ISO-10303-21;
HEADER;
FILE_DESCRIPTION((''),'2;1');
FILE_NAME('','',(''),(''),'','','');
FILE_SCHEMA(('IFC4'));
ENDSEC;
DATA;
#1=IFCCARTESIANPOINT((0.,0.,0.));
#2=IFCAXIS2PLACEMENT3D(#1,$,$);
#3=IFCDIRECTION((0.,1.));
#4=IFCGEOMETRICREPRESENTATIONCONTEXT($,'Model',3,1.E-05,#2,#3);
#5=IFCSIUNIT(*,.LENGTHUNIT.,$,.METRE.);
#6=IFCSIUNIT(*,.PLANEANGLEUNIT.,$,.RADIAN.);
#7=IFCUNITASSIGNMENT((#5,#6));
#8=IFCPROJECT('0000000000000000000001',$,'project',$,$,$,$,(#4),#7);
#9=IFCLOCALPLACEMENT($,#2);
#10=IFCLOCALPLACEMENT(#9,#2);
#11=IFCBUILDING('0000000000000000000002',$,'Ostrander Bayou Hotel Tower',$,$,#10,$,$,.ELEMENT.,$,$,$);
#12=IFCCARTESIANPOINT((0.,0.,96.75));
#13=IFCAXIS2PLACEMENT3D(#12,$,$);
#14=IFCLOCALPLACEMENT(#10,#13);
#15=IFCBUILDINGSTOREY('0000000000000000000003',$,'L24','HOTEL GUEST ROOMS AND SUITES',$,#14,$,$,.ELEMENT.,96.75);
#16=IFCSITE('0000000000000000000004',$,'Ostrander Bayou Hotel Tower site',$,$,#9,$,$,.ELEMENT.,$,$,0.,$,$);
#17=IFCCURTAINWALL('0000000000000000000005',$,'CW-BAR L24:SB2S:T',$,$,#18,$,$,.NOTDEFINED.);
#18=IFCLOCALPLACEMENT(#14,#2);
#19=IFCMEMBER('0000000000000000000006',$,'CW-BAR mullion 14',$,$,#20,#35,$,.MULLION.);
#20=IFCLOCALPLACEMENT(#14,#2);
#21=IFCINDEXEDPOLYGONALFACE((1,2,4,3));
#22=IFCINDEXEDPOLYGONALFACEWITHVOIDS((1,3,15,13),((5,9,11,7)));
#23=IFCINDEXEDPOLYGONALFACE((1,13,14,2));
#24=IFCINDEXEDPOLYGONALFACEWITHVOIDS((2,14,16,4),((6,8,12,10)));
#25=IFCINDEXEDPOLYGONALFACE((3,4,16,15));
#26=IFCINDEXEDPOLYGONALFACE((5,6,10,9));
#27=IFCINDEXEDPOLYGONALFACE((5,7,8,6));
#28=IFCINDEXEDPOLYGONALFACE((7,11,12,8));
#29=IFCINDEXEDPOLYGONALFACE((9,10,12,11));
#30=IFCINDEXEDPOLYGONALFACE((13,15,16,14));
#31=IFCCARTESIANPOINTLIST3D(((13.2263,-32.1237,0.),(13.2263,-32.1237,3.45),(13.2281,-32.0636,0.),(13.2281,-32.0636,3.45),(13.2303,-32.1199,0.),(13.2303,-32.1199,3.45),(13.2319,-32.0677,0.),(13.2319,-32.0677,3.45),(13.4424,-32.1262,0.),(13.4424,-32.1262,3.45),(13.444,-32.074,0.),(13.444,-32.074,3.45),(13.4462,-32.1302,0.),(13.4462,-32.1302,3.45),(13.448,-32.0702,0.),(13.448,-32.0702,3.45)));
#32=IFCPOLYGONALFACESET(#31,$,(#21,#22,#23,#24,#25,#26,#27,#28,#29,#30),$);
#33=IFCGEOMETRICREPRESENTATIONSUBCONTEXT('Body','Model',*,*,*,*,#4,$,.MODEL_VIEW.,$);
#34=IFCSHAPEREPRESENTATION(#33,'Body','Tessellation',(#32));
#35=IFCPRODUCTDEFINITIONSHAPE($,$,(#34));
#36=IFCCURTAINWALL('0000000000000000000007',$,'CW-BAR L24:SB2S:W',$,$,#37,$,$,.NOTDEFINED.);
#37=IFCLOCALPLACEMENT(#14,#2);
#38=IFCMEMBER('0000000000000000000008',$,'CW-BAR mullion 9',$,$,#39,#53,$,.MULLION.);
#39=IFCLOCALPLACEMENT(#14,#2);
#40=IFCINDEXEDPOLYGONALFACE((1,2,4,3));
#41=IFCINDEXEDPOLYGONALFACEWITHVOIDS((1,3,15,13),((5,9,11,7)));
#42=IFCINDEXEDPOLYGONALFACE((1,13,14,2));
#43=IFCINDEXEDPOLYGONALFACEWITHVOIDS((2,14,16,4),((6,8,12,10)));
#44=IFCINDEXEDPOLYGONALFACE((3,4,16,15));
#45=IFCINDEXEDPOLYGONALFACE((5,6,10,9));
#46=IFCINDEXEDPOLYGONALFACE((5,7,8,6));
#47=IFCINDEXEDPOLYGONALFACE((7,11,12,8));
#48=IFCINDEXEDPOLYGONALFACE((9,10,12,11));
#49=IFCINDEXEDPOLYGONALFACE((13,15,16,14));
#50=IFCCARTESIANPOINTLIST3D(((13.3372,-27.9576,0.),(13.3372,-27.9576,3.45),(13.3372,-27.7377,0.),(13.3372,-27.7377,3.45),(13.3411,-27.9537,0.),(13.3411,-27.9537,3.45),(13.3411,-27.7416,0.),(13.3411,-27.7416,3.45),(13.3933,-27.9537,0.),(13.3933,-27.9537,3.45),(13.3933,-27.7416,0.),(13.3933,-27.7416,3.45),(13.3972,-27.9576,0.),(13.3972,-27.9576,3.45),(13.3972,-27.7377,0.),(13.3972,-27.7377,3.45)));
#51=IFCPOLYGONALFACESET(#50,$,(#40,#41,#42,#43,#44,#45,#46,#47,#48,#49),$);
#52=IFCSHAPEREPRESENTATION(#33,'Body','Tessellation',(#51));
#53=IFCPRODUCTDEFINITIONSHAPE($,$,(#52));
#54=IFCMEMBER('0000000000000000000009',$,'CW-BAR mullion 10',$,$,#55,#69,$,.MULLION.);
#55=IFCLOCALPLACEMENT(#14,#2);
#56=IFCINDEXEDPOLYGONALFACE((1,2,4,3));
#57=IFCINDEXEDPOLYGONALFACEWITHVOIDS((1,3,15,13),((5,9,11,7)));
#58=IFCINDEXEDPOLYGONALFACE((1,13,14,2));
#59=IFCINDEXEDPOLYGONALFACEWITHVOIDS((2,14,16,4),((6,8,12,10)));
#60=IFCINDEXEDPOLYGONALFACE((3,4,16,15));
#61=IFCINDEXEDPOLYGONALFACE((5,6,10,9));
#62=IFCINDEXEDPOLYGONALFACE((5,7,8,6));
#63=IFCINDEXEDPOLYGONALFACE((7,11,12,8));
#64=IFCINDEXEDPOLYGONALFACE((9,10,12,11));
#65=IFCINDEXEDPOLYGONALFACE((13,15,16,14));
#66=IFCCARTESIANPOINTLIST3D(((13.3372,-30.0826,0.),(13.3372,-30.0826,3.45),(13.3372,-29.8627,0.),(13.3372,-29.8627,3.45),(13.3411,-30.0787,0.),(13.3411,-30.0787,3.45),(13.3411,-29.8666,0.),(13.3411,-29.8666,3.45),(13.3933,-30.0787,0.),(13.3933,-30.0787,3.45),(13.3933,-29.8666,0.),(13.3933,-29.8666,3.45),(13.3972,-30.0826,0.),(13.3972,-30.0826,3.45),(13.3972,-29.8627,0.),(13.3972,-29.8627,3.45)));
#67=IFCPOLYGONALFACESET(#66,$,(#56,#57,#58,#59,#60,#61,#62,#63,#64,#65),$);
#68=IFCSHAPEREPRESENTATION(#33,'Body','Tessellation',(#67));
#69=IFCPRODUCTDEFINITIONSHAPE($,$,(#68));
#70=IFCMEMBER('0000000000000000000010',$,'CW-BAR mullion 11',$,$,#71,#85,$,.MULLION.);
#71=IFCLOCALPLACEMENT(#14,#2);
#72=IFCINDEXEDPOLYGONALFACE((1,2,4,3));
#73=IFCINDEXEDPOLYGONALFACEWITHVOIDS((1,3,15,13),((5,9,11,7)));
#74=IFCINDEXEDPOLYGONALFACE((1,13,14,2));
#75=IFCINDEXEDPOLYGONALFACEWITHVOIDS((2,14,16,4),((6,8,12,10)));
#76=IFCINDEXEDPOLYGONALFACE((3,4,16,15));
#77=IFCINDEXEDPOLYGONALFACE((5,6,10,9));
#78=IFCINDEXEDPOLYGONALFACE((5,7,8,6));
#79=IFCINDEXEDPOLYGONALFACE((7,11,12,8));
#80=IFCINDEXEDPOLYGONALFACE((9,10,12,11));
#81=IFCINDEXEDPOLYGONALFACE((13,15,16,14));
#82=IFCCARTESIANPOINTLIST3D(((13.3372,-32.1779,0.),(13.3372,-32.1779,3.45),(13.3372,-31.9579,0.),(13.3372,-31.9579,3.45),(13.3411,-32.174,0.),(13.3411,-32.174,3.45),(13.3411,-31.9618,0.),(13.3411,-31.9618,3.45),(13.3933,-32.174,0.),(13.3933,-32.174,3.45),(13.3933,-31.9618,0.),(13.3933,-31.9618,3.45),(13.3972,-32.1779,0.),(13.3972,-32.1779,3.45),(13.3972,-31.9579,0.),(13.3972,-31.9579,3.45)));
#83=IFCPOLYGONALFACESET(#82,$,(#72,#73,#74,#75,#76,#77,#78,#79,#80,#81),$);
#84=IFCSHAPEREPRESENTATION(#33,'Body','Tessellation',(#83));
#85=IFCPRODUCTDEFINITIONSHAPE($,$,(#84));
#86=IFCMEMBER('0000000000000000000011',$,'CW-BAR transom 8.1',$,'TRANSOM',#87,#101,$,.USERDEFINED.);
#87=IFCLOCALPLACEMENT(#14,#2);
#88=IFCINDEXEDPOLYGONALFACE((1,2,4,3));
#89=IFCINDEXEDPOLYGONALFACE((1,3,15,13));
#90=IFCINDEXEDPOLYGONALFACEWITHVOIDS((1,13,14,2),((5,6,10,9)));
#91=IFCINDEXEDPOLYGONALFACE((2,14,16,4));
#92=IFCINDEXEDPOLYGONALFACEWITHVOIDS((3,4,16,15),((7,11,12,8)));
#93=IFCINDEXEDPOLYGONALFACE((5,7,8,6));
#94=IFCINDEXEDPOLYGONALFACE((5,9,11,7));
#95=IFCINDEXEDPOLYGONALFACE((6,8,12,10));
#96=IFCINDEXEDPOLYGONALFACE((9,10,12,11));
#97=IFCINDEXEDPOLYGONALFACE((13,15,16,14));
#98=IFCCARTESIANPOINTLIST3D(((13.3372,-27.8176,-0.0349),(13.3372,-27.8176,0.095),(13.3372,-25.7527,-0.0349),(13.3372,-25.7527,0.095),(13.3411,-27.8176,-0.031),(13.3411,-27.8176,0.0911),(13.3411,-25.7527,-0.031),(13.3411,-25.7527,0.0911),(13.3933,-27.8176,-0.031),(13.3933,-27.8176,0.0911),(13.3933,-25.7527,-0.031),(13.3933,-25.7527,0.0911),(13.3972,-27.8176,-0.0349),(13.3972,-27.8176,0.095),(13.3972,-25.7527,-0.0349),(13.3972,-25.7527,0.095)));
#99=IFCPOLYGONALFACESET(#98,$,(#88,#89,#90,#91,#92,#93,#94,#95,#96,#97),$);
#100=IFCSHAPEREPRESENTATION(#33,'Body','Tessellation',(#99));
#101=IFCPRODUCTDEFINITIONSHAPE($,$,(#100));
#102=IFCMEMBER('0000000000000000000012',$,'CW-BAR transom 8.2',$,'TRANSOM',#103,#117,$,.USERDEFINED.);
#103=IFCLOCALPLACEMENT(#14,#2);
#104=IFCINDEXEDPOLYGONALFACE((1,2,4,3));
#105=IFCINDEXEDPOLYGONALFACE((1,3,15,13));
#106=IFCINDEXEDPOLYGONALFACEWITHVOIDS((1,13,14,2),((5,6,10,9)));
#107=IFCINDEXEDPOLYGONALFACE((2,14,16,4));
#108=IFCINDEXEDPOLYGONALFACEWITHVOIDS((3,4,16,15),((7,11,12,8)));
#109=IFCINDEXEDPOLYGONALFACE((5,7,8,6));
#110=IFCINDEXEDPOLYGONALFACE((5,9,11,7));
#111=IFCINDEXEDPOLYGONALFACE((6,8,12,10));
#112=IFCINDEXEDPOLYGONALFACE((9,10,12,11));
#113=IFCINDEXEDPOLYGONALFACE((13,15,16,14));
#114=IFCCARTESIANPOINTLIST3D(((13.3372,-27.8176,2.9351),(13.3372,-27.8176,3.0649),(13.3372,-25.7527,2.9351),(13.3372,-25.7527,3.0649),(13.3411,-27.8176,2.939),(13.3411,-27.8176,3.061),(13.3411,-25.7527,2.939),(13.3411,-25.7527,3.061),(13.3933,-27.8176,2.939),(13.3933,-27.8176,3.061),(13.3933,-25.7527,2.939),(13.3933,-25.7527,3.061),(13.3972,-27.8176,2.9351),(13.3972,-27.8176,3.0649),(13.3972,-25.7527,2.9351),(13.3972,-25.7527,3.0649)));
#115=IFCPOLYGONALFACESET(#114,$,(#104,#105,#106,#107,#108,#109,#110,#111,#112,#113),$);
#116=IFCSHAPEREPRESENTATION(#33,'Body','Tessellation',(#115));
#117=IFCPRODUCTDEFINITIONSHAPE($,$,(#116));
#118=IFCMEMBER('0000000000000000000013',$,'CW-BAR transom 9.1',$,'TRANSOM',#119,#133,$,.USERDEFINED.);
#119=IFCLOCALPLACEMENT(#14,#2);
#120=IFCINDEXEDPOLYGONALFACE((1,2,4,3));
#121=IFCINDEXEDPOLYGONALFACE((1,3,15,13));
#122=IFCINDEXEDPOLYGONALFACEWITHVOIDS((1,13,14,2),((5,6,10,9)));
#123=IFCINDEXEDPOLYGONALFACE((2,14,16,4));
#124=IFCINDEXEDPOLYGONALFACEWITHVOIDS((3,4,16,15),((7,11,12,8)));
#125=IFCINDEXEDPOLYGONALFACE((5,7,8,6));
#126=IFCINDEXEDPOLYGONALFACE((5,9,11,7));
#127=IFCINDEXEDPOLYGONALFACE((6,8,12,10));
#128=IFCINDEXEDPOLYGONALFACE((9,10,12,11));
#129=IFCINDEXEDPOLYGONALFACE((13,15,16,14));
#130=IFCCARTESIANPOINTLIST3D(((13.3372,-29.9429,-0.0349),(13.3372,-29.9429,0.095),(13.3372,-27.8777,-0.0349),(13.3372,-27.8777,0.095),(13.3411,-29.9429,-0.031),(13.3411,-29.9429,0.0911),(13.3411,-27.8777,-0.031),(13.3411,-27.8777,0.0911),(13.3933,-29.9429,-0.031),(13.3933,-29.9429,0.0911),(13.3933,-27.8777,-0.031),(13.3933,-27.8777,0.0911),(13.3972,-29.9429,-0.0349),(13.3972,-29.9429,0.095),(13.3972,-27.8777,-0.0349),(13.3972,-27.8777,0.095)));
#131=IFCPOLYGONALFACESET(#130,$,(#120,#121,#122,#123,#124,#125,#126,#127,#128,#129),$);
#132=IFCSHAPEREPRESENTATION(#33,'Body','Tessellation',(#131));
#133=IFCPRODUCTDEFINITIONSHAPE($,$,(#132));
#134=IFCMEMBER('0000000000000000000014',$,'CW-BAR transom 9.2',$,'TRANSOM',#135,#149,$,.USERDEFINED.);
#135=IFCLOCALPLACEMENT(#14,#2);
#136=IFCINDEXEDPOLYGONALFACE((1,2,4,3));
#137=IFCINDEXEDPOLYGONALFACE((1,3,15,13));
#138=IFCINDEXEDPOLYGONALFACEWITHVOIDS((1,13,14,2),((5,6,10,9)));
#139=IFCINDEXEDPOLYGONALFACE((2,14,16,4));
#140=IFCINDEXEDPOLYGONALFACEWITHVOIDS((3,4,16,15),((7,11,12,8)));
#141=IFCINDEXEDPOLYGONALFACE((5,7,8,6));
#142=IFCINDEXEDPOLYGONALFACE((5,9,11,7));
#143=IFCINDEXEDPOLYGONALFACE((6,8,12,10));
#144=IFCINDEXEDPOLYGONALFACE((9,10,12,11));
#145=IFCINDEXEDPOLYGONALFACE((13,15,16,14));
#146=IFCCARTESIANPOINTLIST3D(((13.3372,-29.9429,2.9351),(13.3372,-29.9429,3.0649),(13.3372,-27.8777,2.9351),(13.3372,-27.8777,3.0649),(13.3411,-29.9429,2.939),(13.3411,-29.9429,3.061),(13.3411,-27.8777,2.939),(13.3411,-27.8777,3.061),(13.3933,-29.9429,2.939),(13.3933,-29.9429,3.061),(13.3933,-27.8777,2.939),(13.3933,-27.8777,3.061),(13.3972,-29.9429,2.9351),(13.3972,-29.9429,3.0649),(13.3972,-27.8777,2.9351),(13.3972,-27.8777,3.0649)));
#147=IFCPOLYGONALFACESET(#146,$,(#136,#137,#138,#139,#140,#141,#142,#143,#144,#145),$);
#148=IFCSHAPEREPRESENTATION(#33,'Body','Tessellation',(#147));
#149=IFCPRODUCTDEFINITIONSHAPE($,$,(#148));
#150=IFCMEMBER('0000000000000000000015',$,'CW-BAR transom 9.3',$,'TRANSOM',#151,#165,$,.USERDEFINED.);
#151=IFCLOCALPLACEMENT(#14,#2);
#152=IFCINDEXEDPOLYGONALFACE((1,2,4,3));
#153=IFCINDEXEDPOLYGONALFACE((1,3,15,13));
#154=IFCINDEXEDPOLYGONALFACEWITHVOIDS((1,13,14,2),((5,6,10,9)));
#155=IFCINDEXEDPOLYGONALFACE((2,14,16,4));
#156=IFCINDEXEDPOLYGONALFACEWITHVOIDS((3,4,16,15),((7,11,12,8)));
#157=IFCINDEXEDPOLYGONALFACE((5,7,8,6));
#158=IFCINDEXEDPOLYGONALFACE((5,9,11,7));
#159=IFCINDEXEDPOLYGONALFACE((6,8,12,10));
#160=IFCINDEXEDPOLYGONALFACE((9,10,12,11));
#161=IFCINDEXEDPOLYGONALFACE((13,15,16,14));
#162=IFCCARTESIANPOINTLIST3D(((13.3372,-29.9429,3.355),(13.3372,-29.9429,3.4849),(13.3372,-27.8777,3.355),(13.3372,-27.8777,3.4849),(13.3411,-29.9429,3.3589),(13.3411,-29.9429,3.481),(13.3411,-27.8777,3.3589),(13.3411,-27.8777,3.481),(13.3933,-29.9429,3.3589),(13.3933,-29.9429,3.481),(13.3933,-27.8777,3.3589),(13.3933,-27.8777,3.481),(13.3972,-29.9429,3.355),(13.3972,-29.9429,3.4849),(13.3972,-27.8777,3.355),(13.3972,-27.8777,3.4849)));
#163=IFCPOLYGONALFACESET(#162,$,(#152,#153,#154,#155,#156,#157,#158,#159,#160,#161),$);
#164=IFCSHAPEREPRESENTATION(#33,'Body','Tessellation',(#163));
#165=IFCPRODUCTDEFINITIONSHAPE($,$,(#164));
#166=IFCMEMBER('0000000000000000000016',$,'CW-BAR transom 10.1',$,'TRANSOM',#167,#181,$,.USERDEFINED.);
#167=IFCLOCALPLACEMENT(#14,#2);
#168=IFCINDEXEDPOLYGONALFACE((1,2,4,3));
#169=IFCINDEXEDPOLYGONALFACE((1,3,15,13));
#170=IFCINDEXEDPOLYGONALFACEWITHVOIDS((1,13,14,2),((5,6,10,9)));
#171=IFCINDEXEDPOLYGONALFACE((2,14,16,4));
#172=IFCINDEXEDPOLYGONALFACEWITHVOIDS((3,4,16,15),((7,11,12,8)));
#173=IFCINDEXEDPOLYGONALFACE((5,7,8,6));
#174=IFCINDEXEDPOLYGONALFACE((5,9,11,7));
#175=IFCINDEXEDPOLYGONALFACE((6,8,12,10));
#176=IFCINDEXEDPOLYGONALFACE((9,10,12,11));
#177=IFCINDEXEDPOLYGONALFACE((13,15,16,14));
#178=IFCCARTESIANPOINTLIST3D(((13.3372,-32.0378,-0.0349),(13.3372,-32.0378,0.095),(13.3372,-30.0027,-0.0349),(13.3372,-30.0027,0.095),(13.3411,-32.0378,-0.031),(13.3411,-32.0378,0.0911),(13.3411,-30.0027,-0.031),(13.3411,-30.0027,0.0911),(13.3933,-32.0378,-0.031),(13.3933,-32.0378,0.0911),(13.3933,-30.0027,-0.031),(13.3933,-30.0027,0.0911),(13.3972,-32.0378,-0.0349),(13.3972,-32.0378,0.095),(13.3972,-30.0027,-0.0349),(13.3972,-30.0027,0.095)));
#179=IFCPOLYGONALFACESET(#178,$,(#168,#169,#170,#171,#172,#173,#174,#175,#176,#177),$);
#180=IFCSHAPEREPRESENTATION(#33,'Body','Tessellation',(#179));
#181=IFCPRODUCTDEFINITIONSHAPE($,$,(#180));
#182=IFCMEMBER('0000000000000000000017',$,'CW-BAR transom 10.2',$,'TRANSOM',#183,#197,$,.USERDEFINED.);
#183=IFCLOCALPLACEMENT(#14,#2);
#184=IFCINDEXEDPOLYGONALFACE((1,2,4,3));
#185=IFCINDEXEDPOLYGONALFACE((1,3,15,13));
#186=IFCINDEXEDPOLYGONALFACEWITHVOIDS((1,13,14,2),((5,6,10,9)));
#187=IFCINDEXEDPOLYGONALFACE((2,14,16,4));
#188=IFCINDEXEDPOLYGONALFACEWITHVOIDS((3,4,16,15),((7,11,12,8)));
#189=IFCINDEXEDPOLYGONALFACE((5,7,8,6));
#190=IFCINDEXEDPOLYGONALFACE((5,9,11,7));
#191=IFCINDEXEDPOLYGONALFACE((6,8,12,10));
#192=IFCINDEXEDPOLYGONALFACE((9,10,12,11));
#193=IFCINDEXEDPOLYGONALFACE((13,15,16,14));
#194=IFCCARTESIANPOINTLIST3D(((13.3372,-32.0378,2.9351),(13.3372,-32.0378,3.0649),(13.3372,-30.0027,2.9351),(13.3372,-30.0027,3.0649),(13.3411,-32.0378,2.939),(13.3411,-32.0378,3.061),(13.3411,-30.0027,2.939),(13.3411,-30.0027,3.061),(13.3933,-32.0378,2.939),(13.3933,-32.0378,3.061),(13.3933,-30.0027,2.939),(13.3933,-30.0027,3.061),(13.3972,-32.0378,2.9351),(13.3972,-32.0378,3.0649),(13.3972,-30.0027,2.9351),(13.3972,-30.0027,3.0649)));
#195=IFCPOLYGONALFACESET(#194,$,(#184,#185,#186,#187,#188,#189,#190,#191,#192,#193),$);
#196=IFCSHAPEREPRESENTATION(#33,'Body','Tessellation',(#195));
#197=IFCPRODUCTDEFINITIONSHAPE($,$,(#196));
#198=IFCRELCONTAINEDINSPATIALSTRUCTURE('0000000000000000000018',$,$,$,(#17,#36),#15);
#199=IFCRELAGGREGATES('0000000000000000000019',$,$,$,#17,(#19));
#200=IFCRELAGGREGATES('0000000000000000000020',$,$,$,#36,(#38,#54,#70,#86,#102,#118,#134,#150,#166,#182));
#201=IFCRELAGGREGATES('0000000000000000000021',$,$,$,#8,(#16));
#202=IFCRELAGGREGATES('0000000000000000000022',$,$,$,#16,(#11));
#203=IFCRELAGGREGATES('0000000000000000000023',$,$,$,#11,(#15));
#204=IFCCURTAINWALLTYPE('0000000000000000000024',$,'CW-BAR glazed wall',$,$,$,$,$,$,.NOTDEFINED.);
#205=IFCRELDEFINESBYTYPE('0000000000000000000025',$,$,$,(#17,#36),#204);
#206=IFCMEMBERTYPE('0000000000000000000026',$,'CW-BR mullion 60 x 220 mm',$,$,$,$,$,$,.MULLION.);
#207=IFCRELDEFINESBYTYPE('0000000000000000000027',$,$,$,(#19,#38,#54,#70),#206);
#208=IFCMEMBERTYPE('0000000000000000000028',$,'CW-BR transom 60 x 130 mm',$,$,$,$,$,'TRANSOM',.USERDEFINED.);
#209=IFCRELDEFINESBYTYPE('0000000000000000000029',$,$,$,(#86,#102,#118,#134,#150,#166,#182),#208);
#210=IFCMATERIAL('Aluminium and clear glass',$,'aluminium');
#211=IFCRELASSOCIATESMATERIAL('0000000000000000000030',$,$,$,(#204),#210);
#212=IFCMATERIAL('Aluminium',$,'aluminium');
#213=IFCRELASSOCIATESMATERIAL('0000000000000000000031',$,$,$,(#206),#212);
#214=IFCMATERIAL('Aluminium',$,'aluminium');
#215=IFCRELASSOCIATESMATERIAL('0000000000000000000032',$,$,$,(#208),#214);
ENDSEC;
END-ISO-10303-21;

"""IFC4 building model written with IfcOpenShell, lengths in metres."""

from ifc_helpers import new_model, si_unit, direction, frame, origin, origin_2d, place, context, subcontext, project, spatial, hollow_rectangle, extrude, material, material_profile, profile_set, type_object, element, aggregate, save


model = new_model("IFC4")

# Units and contexts
model_context = context("Model", 3, precision=1e-05, world=origin(), true_north=direction((0.0, 1.0)))
body_context = subcontext(model_context, "Body", "Model", "MODEL_VIEW")
ifc_project = project(units=[si_unit("LENGTHUNIT", "METRE"), si_unit("PLANEANGLEUNIT", "RADIAN")], contexts=[model_context])

# Site, building, storey
site_placement = place(None, origin())
site = spatial("IfcSite", under=ifc_project, at=site_placement, Name="Ostrander Bayou Hotel Tower site", CompositionType="ELEMENT", RefElevation=0.0)
building_placement = place(site_placement, origin())
building = spatial("IfcBuilding", under=site, at=building_placement, Name="Ostrander Bayou Hotel Tower", CompositionType="ELEMENT")
storey_placement = place(building_placement, frame((0.0, 0.0, 96.75)))
storey = spatial("IfcBuildingStorey", under=building, at=storey_placement, Name="L24", Description="HOTEL GUEST ROOMS AND SUITES", CompositionType="ELEMENT", Elevation=96.75)

# Curtain wall, member
ifc_material_1 = material(Name="Aluminium and clear glass", Category="aluminium")
curtain_wall_type = type_object("IfcCurtainWallType", Name="CW-BAR glazed wall", PredefinedType="NOTDEFINED", material=ifc_material_1)
curtain_wall_1_placement = place(storey_placement, origin())
curtain_wall_1 = element("IfcCurtainWall", 1, at=curtain_wall_1_placement, inside=storey, type_object=curtain_wall_type, Name="CW-BAR L24:SB2S:T", PredefinedType="NOTDEFINED")
ifc_material_2 = material(Name="Aluminium", Category="aluminium")
ifc_material_profile_1 = material_profile(ifc_material_2, hollow_rectangle(XDim=0.0601, YDim=0.22, WallThickness=0.0039, at=origin_2d()))
ifc_profile_set_1 = profile_set([ifc_material_profile_1], Name="Aluminium")
member_type_1 = type_object("IfcMemberType", Name="CW-BR mullion 60 x 220 mm", PredefinedType="MULLION", material=ifc_profile_set_1)
member_1_placement = place(storey_placement, frame((13.3372, -32.0969, 0.0), z_axis=(0.0, 0.0, 1.0), x_axis=(0.029746, 0.999557, 0.0)))
member_1 = element("IfcMember", 2, at=member_1_placement, type_object=member_type_1, Name="CW-BAR mullion 14", PredefinedType="MULLION", context=body_context, shape_type="SweptSolid", body=[
    extrude(hollow_rectangle(XDim=0.0601, YDim=0.22, WallThickness=0.0039, at=origin_2d()), origin(), (0.0, 0.0, 1.0), 3.45),
])

# Curtain wall, members
curtain_wall_2_placement = place(storey_placement, origin())
curtain_wall_2 = element("IfcCurtainWall", 3, at=curtain_wall_2_placement, inside=storey, type_object=curtain_wall_type, Name="CW-BAR L24:SB2S:W", PredefinedType="NOTDEFINED")
member_2_placement = place(storey_placement, frame((13.3672, -27.8477, 0.0), z_axis=(0.0, 0.0, 1.0), x_axis=(1.0, 0.0, 0.0)))
member_2 = element("IfcMember", 4, at=member_2_placement, type_object=member_type_1, Name="CW-BAR mullion 9", PredefinedType="MULLION", context=body_context, shape_type="SweptSolid", body=[
    extrude(hollow_rectangle(XDim=0.0601, YDim=0.22, WallThickness=0.0039, at=origin_2d()), origin(), (0.0, 0.0, 1.0), 3.45),
])
member_3_placement = place(storey_placement, frame((13.3672, -29.9727, 0.0), z_axis=(0.0, 0.0, 1.0), x_axis=(1.0, 0.0, 0.0)))
member_3 = element("IfcMember", 5, at=member_3_placement, type_object=member_type_1, Name="CW-BAR mullion 10", PredefinedType="MULLION", context=body_context, shape_type="SweptSolid", body=[
    extrude(hollow_rectangle(XDim=0.0601, YDim=0.22, WallThickness=0.0039, at=origin_2d()), origin(), (0.0, 0.0, 1.0), 3.45),
])
member_4_placement = place(storey_placement, frame((13.3672, -32.0679, 0.0), z_axis=(0.0, 0.0, 1.0), x_axis=(1.0, 0.0, 0.0)))
member_4 = element("IfcMember", 6, at=member_4_placement, type_object=member_type_1, Name="CW-BAR mullion 11", PredefinedType="MULLION", context=body_context, shape_type="SweptSolid", body=[
    extrude(hollow_rectangle(XDim=0.0601, YDim=0.22, WallThickness=0.0039, at=origin_2d()), origin(), (0.0, 0.0, 1.0), 3.45),
])
ifc_material_3 = material(Name="Aluminium", Category="aluminium")
ifc_material_profile_2 = material_profile(ifc_material_3, hollow_rectangle(XDim=0.0601, YDim=0.1299, WallThickness=0.0039, at=origin_2d()))
ifc_profile_set_2 = profile_set([ifc_material_profile_2], Name="Aluminium")
member_type_2 = type_object("IfcMemberType", Name="CW-BR transom 60 x 130 mm", ElementType="TRANSOM", PredefinedType="USERDEFINED", material=ifc_profile_set_2)
member_5_placement = place(storey_placement, frame((13.3672, -25.7527, 0.03), z_axis=(0.0, -1.0, 0.0), x_axis=(1.0, 0.0, 0.0)))
member_5 = element("IfcMember", 7, at=member_5_placement, type_object=member_type_2, Name="CW-BAR transom 8.1", ObjectType="TRANSOM", PredefinedType="USERDEFINED", context=body_context, shape_type="SweptSolid", body=[
    extrude(hollow_rectangle(XDim=0.0601, YDim=0.1299, WallThickness=0.0039, at=origin_2d()), origin(), (0.0, 0.0, 1.0), 2.0649),
])
member_6_placement = place(storey_placement, frame((13.3672, -25.7527, 3.0), z_axis=(0.0, -1.0, 0.0), x_axis=(1.0, 0.0, 0.0)))
member_6 = element("IfcMember", 8, at=member_6_placement, type_object=member_type_2, Name="CW-BAR transom 8.2", ObjectType="TRANSOM", PredefinedType="USERDEFINED", context=body_context, shape_type="SweptSolid", body=[
    extrude(hollow_rectangle(XDim=0.0601, YDim=0.1299, WallThickness=0.0039, at=origin_2d()), origin(), (0.0, 0.0, 1.0), 2.0649),
])
member_7_placement = place(storey_placement, frame((13.3672, -27.8777, 0.03), z_axis=(0.0, -1.0, 0.0), x_axis=(1.0, 0.0, 0.0)))
member_7 = element("IfcMember", 9, at=member_7_placement, type_object=member_type_2, Name="CW-BAR transom 9.1", ObjectType="TRANSOM", PredefinedType="USERDEFINED", context=body_context, shape_type="SweptSolid", body=[
    extrude(hollow_rectangle(XDim=0.0601, YDim=0.1299, WallThickness=0.0039, at=origin_2d()), origin(), (0.0, 0.0, 1.0), 2.0652),
])
member_8_placement = place(storey_placement, frame((13.3672, -27.8777, 3.0), z_axis=(0.0, -1.0, 0.0), x_axis=(1.0, 0.0, 0.0)))
member_8 = element("IfcMember", 10, at=member_8_placement, type_object=member_type_2, Name="CW-BAR transom 9.2", ObjectType="TRANSOM", PredefinedType="USERDEFINED", context=body_context, shape_type="SweptSolid", body=[
    extrude(hollow_rectangle(XDim=0.0601, YDim=0.1299, WallThickness=0.0039, at=origin_2d()), origin(), (0.0, 0.0, 1.0), 2.0652),
])
member_9_placement = place(storey_placement, frame((13.3672, -27.8777, 3.4199), z_axis=(0.0, -1.0, 0.0), x_axis=(1.0, 0.0, 0.0)))
member_9 = element("IfcMember", 11, at=member_9_placement, type_object=member_type_2, Name="CW-BAR transom 9.3", ObjectType="TRANSOM", PredefinedType="USERDEFINED", context=body_context, shape_type="SweptSolid", body=[
    extrude(hollow_rectangle(XDim=0.0601, YDim=0.1299, WallThickness=0.0039, at=origin_2d()), origin(), (0.0, 0.0, 1.0), 2.0652),
])
member_10_placement = place(storey_placement, frame((13.3672, -30.0027, 0.03), z_axis=(0.0, -1.0, 0.0), x_axis=(1.0, 0.0, 0.0)))
member_10 = element("IfcMember", 12, at=member_10_placement, type_object=member_type_2, Name="CW-BAR transom 10.1", ObjectType="TRANSOM", PredefinedType="USERDEFINED", context=body_context, shape_type="SweptSolid", body=[
    extrude(hollow_rectangle(XDim=0.0601, YDim=0.1299, WallThickness=0.0039, at=origin_2d()), origin(), (0.0, 0.0, 1.0), 2.0352),
])
member_11_placement = place(storey_placement, frame((13.3672, -30.0027, 3.0), z_axis=(0.0, -1.0, 0.0), x_axis=(1.0, 0.0, 0.0)))
member_11 = element("IfcMember", 13, at=member_11_placement, type_object=member_type_2, Name="CW-BAR transom 10.2", ObjectType="TRANSOM", PredefinedType="USERDEFINED", context=body_context, shape_type="SweptSolid", body=[
    extrude(hollow_rectangle(XDim=0.0601, YDim=0.1299, WallThickness=0.0039, at=origin_2d()), origin(), (0.0, 0.0, 1.0), 2.0352),
])

aggregate(curtain_wall_1, [member_1])
aggregate(curtain_wall_2, [member_2, member_3, member_4, member_5, member_6, member_7, member_8, member_9, member_10, member_11])

save(model, "model.ifc")
